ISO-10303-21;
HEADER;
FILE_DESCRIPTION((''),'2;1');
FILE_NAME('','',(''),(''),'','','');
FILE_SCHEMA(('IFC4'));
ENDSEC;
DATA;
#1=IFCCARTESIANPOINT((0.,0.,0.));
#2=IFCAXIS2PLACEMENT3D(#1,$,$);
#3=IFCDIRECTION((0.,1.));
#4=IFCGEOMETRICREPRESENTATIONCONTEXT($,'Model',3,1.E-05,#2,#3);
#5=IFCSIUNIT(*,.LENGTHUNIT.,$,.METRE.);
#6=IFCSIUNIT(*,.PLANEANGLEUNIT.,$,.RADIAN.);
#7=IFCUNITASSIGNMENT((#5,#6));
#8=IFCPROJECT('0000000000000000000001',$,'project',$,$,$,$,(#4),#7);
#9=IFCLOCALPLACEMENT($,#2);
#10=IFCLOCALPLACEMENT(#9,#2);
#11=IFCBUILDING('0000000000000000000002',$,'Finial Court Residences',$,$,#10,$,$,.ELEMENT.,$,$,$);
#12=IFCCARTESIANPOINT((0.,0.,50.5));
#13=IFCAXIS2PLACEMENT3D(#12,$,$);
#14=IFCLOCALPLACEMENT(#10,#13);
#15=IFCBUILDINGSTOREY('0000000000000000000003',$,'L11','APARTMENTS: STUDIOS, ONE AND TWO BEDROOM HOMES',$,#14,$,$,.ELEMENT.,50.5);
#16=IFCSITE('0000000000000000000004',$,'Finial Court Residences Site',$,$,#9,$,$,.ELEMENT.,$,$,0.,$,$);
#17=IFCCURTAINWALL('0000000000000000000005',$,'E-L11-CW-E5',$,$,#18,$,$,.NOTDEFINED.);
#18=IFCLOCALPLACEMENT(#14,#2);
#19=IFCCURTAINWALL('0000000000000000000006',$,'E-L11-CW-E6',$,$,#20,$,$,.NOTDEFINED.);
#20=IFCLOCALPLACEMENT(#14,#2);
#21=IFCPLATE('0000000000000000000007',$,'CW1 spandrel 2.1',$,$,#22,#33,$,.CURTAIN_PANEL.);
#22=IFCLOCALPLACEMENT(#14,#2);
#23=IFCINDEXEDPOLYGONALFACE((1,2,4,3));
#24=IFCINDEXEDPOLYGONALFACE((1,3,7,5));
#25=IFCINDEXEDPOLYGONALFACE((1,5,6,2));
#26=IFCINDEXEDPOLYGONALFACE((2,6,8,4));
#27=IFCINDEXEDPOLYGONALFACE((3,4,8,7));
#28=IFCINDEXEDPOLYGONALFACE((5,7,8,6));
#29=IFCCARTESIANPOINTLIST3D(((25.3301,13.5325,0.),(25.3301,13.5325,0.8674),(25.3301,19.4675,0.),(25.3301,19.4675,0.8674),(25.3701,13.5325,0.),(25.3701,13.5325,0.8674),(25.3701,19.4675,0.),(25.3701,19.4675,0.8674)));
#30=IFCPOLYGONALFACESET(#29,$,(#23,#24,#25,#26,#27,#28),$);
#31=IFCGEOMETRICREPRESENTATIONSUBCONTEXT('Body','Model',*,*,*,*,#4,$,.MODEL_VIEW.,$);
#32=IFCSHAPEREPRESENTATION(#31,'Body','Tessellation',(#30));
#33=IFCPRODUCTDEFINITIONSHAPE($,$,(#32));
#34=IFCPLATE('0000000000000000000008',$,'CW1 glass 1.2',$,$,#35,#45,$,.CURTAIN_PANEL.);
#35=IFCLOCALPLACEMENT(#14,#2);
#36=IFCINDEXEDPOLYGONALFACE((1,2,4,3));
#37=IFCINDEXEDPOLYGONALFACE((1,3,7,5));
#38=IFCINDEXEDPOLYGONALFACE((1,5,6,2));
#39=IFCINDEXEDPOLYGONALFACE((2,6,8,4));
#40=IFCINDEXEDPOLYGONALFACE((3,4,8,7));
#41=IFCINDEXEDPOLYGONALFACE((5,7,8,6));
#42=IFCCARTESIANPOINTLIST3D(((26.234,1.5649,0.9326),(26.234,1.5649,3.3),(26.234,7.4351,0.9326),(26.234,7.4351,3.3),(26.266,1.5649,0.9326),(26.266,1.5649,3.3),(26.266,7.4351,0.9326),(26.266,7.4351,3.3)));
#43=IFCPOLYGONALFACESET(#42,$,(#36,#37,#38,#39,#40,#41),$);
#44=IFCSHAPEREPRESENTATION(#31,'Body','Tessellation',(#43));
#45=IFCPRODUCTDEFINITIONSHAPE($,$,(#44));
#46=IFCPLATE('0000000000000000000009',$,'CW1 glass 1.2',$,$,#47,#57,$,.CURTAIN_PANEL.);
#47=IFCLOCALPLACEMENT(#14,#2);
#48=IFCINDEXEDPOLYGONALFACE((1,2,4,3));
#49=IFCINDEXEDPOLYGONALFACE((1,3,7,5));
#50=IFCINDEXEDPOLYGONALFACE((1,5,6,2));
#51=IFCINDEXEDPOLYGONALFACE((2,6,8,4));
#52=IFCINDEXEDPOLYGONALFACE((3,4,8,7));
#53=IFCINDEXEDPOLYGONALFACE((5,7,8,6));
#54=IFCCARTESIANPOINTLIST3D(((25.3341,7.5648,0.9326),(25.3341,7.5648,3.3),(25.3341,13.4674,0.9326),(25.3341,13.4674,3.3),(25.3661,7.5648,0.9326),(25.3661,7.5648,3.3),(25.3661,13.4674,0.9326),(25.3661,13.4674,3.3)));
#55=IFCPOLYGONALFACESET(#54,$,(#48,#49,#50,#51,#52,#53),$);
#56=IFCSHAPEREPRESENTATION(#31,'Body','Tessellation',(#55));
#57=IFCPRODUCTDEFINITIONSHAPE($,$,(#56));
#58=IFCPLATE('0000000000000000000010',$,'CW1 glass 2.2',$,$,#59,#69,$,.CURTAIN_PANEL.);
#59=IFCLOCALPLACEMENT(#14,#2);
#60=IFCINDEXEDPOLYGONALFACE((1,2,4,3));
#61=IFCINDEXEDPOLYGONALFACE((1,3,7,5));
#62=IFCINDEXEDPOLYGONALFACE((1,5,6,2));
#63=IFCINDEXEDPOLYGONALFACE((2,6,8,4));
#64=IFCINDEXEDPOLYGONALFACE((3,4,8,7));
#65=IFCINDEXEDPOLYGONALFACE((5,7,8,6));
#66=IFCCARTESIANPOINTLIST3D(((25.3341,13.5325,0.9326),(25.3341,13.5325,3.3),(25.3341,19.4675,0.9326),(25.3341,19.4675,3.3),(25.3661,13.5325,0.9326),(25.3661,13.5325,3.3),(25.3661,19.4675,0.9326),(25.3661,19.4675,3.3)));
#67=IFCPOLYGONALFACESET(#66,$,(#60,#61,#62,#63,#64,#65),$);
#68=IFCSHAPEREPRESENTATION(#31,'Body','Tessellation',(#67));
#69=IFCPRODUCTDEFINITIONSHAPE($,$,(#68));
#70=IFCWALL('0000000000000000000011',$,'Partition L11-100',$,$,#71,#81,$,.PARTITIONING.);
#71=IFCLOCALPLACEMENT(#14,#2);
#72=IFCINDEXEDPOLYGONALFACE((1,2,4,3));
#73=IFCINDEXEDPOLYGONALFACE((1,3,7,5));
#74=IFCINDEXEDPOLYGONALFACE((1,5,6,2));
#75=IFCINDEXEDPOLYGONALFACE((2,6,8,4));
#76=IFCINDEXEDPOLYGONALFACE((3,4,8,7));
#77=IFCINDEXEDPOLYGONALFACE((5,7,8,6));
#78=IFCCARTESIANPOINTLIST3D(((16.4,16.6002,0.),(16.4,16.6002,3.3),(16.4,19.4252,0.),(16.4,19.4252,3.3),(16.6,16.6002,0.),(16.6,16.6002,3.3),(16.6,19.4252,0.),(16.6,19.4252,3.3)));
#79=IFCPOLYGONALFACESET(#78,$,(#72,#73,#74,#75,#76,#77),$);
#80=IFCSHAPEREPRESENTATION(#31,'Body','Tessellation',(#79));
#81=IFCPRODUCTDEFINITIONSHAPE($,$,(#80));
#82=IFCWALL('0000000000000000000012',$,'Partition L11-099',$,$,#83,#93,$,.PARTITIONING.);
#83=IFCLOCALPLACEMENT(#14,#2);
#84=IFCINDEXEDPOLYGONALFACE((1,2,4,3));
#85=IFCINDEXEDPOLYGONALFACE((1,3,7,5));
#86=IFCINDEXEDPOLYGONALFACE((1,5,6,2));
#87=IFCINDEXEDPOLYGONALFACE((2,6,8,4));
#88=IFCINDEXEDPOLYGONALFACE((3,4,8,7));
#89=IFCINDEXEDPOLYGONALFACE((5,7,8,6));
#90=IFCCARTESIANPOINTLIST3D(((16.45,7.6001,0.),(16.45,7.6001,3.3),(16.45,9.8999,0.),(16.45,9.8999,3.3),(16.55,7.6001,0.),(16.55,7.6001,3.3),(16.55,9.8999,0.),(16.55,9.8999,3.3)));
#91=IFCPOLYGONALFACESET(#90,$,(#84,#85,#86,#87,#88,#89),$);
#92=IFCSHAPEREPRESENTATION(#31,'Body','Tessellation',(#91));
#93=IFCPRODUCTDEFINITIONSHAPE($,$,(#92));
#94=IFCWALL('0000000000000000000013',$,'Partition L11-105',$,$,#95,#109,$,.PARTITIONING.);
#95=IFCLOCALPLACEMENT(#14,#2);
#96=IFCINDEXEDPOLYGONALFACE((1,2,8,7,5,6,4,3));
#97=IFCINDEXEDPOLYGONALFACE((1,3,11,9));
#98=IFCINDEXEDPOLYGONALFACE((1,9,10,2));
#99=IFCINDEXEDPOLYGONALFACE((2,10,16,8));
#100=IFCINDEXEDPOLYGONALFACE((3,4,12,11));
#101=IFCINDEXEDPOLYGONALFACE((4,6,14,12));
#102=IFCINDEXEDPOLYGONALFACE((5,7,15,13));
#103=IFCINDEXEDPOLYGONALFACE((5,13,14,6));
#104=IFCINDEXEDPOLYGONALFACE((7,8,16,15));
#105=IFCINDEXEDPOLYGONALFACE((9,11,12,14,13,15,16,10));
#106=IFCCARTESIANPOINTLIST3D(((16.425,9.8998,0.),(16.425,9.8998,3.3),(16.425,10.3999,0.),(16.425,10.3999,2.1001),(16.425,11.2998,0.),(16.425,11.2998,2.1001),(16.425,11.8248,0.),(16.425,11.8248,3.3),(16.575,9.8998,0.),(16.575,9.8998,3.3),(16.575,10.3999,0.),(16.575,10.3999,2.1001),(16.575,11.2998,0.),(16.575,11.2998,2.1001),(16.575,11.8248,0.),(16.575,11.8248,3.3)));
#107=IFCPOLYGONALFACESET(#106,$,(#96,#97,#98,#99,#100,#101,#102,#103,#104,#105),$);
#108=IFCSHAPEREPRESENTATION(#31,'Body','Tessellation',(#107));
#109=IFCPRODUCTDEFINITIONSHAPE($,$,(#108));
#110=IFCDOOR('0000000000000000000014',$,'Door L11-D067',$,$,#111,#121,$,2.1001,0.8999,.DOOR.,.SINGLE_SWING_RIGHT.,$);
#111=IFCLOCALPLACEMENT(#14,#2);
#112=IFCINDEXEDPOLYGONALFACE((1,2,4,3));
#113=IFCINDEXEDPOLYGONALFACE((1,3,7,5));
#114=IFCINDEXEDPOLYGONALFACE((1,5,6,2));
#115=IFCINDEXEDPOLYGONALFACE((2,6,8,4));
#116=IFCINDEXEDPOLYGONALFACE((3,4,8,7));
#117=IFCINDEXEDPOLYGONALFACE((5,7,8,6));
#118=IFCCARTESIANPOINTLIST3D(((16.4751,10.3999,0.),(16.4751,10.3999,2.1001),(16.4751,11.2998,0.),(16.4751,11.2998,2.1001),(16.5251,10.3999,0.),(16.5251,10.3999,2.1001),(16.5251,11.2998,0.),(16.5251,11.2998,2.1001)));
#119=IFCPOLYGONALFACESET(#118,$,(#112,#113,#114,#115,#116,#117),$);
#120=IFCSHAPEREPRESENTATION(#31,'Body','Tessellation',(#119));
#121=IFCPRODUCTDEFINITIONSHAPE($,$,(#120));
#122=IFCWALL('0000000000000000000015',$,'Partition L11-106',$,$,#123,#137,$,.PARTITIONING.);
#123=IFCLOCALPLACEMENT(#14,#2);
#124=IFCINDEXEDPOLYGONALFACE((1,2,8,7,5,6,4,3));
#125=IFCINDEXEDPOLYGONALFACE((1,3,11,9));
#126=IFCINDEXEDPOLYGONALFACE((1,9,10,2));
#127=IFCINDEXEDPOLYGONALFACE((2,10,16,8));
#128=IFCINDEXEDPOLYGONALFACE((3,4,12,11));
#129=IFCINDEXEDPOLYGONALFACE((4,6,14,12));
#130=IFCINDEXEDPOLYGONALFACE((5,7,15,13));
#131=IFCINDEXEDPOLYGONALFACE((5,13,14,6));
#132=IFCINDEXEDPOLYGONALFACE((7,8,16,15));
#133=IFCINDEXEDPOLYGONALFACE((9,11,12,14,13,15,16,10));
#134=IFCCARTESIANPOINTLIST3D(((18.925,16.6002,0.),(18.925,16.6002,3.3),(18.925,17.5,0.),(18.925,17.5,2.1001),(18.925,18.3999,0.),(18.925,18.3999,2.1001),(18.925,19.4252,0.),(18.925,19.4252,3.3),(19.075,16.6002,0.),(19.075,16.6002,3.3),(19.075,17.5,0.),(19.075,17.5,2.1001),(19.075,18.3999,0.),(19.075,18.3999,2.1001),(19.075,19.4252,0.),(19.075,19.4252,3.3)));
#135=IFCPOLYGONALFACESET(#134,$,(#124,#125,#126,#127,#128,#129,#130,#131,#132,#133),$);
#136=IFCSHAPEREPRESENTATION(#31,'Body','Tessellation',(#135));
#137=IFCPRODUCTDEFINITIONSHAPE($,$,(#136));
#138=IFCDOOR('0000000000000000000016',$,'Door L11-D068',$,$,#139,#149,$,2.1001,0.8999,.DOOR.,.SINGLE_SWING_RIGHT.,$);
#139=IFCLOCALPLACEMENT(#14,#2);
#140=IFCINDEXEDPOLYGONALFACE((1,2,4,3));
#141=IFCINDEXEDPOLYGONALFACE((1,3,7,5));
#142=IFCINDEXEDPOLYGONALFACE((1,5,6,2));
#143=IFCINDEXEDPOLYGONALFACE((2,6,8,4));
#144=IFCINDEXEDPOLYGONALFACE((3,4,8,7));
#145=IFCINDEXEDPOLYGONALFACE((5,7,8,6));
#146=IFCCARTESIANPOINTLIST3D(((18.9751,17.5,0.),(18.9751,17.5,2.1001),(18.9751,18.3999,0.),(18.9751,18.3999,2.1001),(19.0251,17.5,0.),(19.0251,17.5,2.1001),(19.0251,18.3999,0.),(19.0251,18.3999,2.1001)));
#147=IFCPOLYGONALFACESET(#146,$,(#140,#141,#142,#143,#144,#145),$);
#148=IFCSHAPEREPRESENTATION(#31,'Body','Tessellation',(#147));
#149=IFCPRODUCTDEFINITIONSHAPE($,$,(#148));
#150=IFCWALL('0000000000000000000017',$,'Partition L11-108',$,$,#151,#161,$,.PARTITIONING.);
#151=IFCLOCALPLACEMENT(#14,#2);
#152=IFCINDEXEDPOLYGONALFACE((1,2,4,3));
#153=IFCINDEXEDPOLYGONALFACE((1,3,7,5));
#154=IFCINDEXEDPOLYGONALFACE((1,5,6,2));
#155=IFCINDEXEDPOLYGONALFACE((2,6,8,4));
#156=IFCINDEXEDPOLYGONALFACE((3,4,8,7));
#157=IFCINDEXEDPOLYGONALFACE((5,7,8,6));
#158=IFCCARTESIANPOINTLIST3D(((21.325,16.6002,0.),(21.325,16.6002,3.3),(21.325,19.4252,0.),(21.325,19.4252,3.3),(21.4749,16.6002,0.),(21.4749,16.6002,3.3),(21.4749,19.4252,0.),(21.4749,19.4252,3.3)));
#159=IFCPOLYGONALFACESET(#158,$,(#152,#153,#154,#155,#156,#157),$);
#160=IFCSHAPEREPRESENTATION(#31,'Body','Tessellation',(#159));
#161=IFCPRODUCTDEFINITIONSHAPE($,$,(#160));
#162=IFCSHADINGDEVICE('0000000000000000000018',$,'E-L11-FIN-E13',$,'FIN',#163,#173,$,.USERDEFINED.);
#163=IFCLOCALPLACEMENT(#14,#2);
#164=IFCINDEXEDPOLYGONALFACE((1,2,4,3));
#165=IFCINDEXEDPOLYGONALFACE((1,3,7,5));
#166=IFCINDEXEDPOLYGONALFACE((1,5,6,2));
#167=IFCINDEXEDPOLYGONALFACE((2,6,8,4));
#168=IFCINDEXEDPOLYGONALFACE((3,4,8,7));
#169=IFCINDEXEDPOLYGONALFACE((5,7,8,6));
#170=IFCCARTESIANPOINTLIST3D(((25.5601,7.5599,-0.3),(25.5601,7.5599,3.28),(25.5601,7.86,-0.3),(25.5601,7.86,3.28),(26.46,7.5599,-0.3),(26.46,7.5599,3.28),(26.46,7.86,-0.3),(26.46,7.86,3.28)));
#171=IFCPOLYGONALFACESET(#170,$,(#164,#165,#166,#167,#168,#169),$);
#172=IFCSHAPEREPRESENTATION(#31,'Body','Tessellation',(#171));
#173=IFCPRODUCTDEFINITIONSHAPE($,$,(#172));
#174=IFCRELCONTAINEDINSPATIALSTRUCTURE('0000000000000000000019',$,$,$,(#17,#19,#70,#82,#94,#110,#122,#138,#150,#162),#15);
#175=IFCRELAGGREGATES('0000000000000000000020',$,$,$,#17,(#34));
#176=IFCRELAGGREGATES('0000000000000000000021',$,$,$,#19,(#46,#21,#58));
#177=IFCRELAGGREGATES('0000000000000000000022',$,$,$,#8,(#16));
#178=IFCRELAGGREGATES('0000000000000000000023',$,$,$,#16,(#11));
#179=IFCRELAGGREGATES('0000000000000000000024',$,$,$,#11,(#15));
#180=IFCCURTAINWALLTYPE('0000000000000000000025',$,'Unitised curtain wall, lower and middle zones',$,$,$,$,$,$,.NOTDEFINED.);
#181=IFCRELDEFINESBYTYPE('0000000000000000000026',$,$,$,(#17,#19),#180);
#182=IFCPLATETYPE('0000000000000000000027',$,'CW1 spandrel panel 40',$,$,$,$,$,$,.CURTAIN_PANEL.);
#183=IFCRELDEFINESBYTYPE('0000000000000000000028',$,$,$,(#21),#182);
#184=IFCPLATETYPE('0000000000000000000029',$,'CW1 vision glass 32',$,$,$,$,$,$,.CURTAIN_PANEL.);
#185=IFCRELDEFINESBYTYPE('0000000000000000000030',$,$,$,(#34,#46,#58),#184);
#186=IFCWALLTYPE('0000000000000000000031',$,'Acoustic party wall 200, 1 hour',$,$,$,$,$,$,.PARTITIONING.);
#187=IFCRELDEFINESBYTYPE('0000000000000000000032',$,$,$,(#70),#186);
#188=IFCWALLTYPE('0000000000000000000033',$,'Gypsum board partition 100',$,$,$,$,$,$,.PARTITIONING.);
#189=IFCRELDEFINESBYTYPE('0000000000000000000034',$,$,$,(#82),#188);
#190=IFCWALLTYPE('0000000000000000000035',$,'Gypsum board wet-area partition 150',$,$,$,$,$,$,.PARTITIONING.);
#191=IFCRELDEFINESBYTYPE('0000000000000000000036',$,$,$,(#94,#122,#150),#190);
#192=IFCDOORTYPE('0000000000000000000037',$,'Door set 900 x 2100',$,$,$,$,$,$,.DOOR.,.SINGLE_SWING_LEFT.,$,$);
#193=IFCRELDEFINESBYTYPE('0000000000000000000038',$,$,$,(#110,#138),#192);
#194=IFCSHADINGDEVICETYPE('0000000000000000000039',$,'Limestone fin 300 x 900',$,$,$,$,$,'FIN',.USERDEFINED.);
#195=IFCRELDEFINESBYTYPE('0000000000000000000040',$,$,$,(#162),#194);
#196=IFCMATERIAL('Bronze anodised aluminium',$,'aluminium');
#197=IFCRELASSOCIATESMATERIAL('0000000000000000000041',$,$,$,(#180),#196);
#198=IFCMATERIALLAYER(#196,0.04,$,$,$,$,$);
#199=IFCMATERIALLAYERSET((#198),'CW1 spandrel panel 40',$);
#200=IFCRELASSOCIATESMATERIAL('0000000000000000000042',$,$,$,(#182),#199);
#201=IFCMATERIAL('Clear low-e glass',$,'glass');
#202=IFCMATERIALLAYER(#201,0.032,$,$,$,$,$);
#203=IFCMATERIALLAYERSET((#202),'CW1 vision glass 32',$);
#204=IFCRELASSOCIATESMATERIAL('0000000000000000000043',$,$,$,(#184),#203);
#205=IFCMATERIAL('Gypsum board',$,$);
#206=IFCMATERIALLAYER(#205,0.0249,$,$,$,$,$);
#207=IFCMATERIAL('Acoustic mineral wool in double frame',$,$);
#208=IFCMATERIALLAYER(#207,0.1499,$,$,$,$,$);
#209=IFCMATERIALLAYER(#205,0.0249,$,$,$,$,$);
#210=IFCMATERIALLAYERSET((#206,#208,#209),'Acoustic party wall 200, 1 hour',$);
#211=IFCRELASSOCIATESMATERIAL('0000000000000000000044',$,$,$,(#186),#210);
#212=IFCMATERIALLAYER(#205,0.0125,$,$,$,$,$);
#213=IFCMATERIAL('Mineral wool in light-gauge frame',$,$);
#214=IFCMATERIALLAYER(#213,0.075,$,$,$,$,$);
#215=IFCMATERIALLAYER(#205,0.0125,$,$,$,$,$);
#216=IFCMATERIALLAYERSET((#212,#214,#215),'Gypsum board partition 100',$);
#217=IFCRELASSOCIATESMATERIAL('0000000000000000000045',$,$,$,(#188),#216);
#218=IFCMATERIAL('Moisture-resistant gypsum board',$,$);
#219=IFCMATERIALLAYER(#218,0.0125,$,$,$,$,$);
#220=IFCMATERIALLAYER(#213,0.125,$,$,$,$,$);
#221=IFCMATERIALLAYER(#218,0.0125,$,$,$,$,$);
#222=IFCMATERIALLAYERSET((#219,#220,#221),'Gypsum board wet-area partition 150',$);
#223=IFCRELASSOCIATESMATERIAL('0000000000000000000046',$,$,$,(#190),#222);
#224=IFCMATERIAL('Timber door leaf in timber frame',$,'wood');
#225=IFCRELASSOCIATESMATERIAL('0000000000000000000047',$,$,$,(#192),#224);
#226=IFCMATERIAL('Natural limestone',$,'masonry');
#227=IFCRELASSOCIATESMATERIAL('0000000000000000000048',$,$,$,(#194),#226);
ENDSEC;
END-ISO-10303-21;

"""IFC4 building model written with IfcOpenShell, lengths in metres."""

from ifc_helpers import new_model, si_unit, direction, frame, frame_2d, origin, origin_2d, place, context, subcontext, project, spatial, rectangle, extrude, material, layer, layer_set, type_object, element, fill, aggregate, save


model = new_model("IFC4")

# Units and contexts
model_context = context("Model", 3, precision=1e-05, world=origin(), true_north=direction((0.0, 1.0)))
body_context = subcontext(model_context, "Body", "Model", "MODEL_VIEW")
ifc_project = project(units=[si_unit("LENGTHUNIT", "METRE"), si_unit("PLANEANGLEUNIT", "RADIAN")], contexts=[model_context])

# Site, building, storey
site_placement = place(None, origin())
site = spatial("IfcSite", under=ifc_project, at=site_placement, Name="Finial Court Residences Site", CompositionType="ELEMENT", RefElevation=0.0)
building_placement = place(site_placement, origin())
building = spatial("IfcBuilding", under=site, at=building_placement, Name="Finial Court Residences", CompositionType="ELEMENT")
storey_placement = place(building_placement, frame((0.0, 0.0, 50.5)))
storey = spatial("IfcBuildingStorey", under=building, at=storey_placement, Name="L11", Description="APARTMENTS: STUDIOS, ONE AND TWO BEDROOM HOMES", CompositionType="ELEMENT", Elevation=50.5)

# Curtain walls
ifc_material_1 = material(Name="Bronze anodised aluminium", Category="aluminium")
curtain_wall_type = type_object("IfcCurtainWallType", Name="Unitised curtain wall, lower and middle zones", PredefinedType="NOTDEFINED", material=ifc_material_1)
curtain_wall_1_placement = place(storey_placement, origin())
curtain_wall_1 = element("IfcCurtainWall", 1, at=curtain_wall_1_placement, inside=storey, type_object=curtain_wall_type, Name="E-L11-CW-E5", PredefinedType="NOTDEFINED")
curtain_wall_2_placement = place(storey_placement, origin())
curtain_wall_2 = element("IfcCurtainWall", 2, at=curtain_wall_2_placement, inside=storey, type_object=curtain_wall_type, Name="E-L11-CW-E6", PredefinedType="NOTDEFINED")

# Plates
ifc_layer_1 = layer(ifc_material_1, 0.04)
ifc_layer_set_1 = layer_set([ifc_layer_1], Name="CW1 spandrel panel 40")
plate_type_1 = type_object("IfcPlateType", Name="CW1 spandrel panel 40", PredefinedType="CURTAIN_PANEL", material=ifc_layer_set_1)
plate_1_placement = place(storey_placement, frame((25.3501, 16.5, 0.0), z_axis=(0.0, 0.0, 1.0), x_axis=(0.0, 1.0, 0.0)))
plate_1 = element("IfcPlate", 3, at=plate_1_placement, type_object=plate_type_1, Name="CW1 spandrel 2.1", PredefinedType="CURTAIN_PANEL", context=body_context, shape_type="SweptSolid", body=[
    extrude(rectangle(XDim=5.9351, YDim=0.04, at=origin_2d()), origin(), (0.0, 0.0, 1.0), 0.8674),
])
ifc_material_2 = material(Name="Clear low-e glass", Category="glass")
ifc_layer_2 = layer(ifc_material_2, 0.032)
ifc_layer_set_2 = layer_set([ifc_layer_2], Name="CW1 vision glass 32")
plate_type_2 = type_object("IfcPlateType", Name="CW1 vision glass 32", PredefinedType="CURTAIN_PANEL", material=ifc_layer_set_2)
plate_2_placement = place(storey_placement, frame((26.25, 4.5, 0.9326), z_axis=(0.0, 0.0, 1.0), x_axis=(0.0, 1.0, 0.0)))
plate_2 = element("IfcPlate", 4, at=plate_2_placement, type_object=plate_type_2, Name="CW1 glass 1.2", PredefinedType="CURTAIN_PANEL", context=body_context, shape_type="SweptSolid", body=[
    extrude(rectangle(XDim=5.8701, YDim=0.032, at=origin_2d()), origin(), (0.0, 0.0, 1.0), 2.3674),
])
aggregate(curtain_wall_1, [plate_2])
plate_3_placement = place(storey_placement, frame((25.3501, 10.5161, 0.9326), z_axis=(0.0, 0.0, 1.0), x_axis=(0.0, 1.0, 0.0)))
plate_3 = element("IfcPlate", 5, at=plate_3_placement, type_object=plate_type_2, Name="CW1 glass 1.2", PredefinedType="CURTAIN_PANEL", context=body_context, shape_type="SweptSolid", body=[
    extrude(rectangle(XDim=5.9026, YDim=0.032, at=origin_2d()), origin(), (0.0, 0.0, 1.0), 2.3674),
])
plate_4_placement = place(storey_placement, frame((25.3501, 16.5, 0.9326), z_axis=(0.0, 0.0, 1.0), x_axis=(0.0, 1.0, 0.0)))
plate_4 = element("IfcPlate", 6, at=plate_4_placement, type_object=plate_type_2, Name="CW1 glass 2.2", PredefinedType="CURTAIN_PANEL", context=body_context, shape_type="SweptSolid", body=[
    extrude(rectangle(XDim=5.9351, YDim=0.032, at=origin_2d()), origin(), (0.0, 0.0, 1.0), 2.3674),
])
aggregate(curtain_wall_2, [plate_3, plate_1, plate_4])

# Walls
ifc_material_3 = material(Name="Gypsum board")
ifc_layer_3 = layer(ifc_material_3, 0.0249)
ifc_material_4 = material(Name="Acoustic mineral wool in double frame")
ifc_layer_4 = layer(ifc_material_4, 0.1499)
ifc_layer_5 = layer(ifc_material_3, 0.0249)
ifc_layer_set_3 = layer_set([ifc_layer_3, ifc_layer_4, ifc_layer_5], Name="Acoustic party wall 200, 1 hour")
wall_type_1 = type_object("IfcWallType", Name="Acoustic party wall 200, 1 hour", PredefinedType="PARTITIONING", material=ifc_layer_set_3)
wall_1_placement = place(storey_placement, frame((16.5, 16.6001, 0.0), z_axis=(0.0, 0.0, 1.0), x_axis=(0.0, 1.0, 0.0)))
element("IfcWall", 7, at=wall_1_placement, inside=storey, type_object=wall_type_1, Name="Partition L11-100", PredefinedType="PARTITIONING", context=body_context, shape_type="SweptSolid", body=[
    extrude(rectangle(XDim=2.825, YDim=0.2, at=frame_2d((1.4126, 0.0))), origin(), (0.0, 0.0, 1.0), 3.3),
])
ifc_layer_6 = layer(ifc_material_3, 0.0125)
ifc_material_5 = material(Name="Mineral wool in light-gauge frame")
ifc_layer_7 = layer(ifc_material_5, 0.075)
ifc_layer_8 = layer(ifc_material_3, 0.0125)
ifc_layer_set_4 = layer_set([ifc_layer_6, ifc_layer_7, ifc_layer_8], Name="Gypsum board partition 100")
wall_type_2 = type_object("IfcWallType", Name="Gypsum board partition 100", PredefinedType="PARTITIONING", material=ifc_layer_set_4)
wall_2_placement = place(storey_placement, frame((16.5, 7.6001, 0.0), z_axis=(0.0, 0.0, 1.0), x_axis=(0.0, 1.0, 0.0)))
element("IfcWall", 8, at=wall_2_placement, inside=storey, type_object=wall_type_2, Name="Partition L11-099", PredefinedType="PARTITIONING", context=body_context, shape_type="SweptSolid", body=[
    extrude(rectangle(XDim=2.2998, YDim=0.1001, at=frame_2d((1.1499, 0.0))), origin(), (0.0, 0.0, 1.0), 3.3),
])

# Walls, openings, doors
ifc_material_6 = material(Name="Moisture-resistant gypsum board")
ifc_layer_9 = layer(ifc_material_6, 0.0125)
ifc_layer_10 = layer(ifc_material_5, 0.125)
ifc_layer_11 = layer(ifc_material_6, 0.0125)
ifc_layer_set_5 = layer_set([ifc_layer_9, ifc_layer_10, ifc_layer_11], Name="Gypsum board wet-area partition 150")
wall_type_3 = type_object("IfcWallType", Name="Gypsum board wet-area partition 150", PredefinedType="PARTITIONING", material=ifc_layer_set_5)
wall_3_placement = place(storey_placement, frame((16.5, 9.8999, 0.0), z_axis=(0.0, 0.0, 1.0), x_axis=(0.0, 1.0, 0.0)))
wall_3 = element("IfcWall", 9, at=wall_3_placement, inside=storey, type_object=wall_type_3, Name="Partition L11-105", PredefinedType="PARTITIONING", context=body_context, shape_type="SweptSolid", body=[
    extrude(rectangle(XDim=1.925, YDim=0.1499, at=frame_2d((0.9624, 0.0))), origin(), (0.0, 0.0, 1.0), 3.3),
])
opening_1_placement = place(wall_3_placement, frame((0.5, 0.0, 0.0)))
opening_1 = element("IfcOpeningElement", 10, at=opening_1_placement, cuts=wall_3, PredefinedType="OPENING", context=body_context, shape_type="SweptSolid", body=[
    extrude(rectangle(XDim=0.8999, YDim=2.1001, at=frame_2d((0.45, 1.05))), frame((0.0, 0.085, 0.0), z_axis=(0.0, -1.0, 0.0), x_axis=(1.0, 0.0, 0.0)), (0.0, 0.0, 1.0), 0.1699),
])
ifc_material_7 = material(Name="Timber door leaf in timber frame", Category="wood")
door_type = type_object("IfcDoorType", Name="Door set 900 x 2100", OperationType="SINGLE_SWING_LEFT", PredefinedType="DOOR", material=ifc_material_7)
door_1_placement = place(opening_1_placement, origin())
door_1 = element("IfcDoor", 11, at=door_1_placement, inside=storey, type_object=door_type, Name="Door L11-D067", OperationType="SINGLE_SWING_RIGHT", OverallHeight=2.1001, OverallWidth=0.8999, PredefinedType="DOOR", context=body_context, shape_type="SweptSolid", body=[
    extrude(rectangle(XDim=0.8999, YDim=2.1001, at=frame_2d((0.45, 1.05))), frame((0.0, 0.0249, 0.0), z_axis=(0.0, -1.0, 0.0), x_axis=(1.0, 0.0, 0.0)), (0.0, 0.0, 1.0), 0.05),
])
fill(opening_1, door_1)
wall_4_placement = place(storey_placement, frame((19.0, 16.6001, 0.0), z_axis=(0.0, 0.0, 1.0), x_axis=(0.0, 1.0, 0.0)))
wall_4 = element("IfcWall", 12, at=wall_4_placement, inside=storey, type_object=wall_type_3, Name="Partition L11-106", PredefinedType="PARTITIONING", context=body_context, shape_type="SweptSolid", body=[
    extrude(rectangle(XDim=2.825, YDim=0.1499, at=frame_2d((1.4126, 0.0))), origin(), (0.0, 0.0, 1.0), 3.3),
])
opening_2_placement = place(wall_4_placement, frame((0.8999, 0.0, 0.0)))
opening_2 = element("IfcOpeningElement", 13, at=opening_2_placement, cuts=wall_4, PredefinedType="OPENING", context=body_context, shape_type="SweptSolid", body=[
    extrude(rectangle(XDim=0.8999, YDim=2.1001, at=frame_2d((0.45, 1.05))), frame((0.0, 0.085, 0.0), z_axis=(0.0, -1.0, 0.0), x_axis=(1.0, 0.0, 0.0)), (0.0, 0.0, 1.0), 0.1699),
])
door_2_placement = place(opening_2_placement, origin())
door_2 = element("IfcDoor", 14, at=door_2_placement, inside=storey, type_object=door_type, Name="Door L11-D068", OperationType="SINGLE_SWING_RIGHT", OverallHeight=2.1001, OverallWidth=0.8999, PredefinedType="DOOR", context=body_context, shape_type="SweptSolid", body=[
    extrude(rectangle(XDim=0.8999, YDim=2.1001, at=frame_2d((0.45, 1.05))), frame((0.0, 0.0249, 0.0), z_axis=(0.0, -1.0, 0.0), x_axis=(1.0, 0.0, 0.0)), (0.0, 0.0, 1.0), 0.05),
])
fill(opening_2, door_2)

# Wall
wall_5_placement = place(storey_placement, frame((21.3999, 16.6001, 0.0), z_axis=(0.0, 0.0, 1.0), x_axis=(0.0, 1.0, 0.0)))
element("IfcWall", 15, at=wall_5_placement, inside=storey, type_object=wall_type_3, Name="Partition L11-108", PredefinedType="PARTITIONING", context=body_context, shape_type="SweptSolid", body=[
    extrude(rectangle(XDim=2.825, YDim=0.1499, at=frame_2d((1.4126, 0.0))), origin(), (0.0, 0.0, 1.0), 3.3),
])

# Shading device
ifc_material_8 = material(Name="Natural limestone", Category="masonry")
shading_device_type = type_object("IfcShadingDeviceType", Name="Limestone fin 300 x 900", ElementType="FIN", PredefinedType="USERDEFINED", material=ifc_material_8)
for number, where, z_axis, x_axis, name in (
    (16, (26.01, 7.71, -0.3), (0.0, 0.0, 1.0), (1.0, 0.0, 0.0), "E-L11-FIN-E13"),
):
    element("IfcShadingDevice", number, at=place(storey_placement, frame(where, z_axis=z_axis, x_axis=x_axis)), inside=storey, type_object=shading_device_type, Name=name, ObjectType="FIN", PredefinedType="USERDEFINED", context=body_context, shape_type="SweptSolid", body=[
        extrude(rectangle(XDim=0.8999, YDim=0.3, at=origin_2d()), origin(), (0.0, 0.0, 1.0), 3.5801),
    ])

save(model, "model.ifc")
